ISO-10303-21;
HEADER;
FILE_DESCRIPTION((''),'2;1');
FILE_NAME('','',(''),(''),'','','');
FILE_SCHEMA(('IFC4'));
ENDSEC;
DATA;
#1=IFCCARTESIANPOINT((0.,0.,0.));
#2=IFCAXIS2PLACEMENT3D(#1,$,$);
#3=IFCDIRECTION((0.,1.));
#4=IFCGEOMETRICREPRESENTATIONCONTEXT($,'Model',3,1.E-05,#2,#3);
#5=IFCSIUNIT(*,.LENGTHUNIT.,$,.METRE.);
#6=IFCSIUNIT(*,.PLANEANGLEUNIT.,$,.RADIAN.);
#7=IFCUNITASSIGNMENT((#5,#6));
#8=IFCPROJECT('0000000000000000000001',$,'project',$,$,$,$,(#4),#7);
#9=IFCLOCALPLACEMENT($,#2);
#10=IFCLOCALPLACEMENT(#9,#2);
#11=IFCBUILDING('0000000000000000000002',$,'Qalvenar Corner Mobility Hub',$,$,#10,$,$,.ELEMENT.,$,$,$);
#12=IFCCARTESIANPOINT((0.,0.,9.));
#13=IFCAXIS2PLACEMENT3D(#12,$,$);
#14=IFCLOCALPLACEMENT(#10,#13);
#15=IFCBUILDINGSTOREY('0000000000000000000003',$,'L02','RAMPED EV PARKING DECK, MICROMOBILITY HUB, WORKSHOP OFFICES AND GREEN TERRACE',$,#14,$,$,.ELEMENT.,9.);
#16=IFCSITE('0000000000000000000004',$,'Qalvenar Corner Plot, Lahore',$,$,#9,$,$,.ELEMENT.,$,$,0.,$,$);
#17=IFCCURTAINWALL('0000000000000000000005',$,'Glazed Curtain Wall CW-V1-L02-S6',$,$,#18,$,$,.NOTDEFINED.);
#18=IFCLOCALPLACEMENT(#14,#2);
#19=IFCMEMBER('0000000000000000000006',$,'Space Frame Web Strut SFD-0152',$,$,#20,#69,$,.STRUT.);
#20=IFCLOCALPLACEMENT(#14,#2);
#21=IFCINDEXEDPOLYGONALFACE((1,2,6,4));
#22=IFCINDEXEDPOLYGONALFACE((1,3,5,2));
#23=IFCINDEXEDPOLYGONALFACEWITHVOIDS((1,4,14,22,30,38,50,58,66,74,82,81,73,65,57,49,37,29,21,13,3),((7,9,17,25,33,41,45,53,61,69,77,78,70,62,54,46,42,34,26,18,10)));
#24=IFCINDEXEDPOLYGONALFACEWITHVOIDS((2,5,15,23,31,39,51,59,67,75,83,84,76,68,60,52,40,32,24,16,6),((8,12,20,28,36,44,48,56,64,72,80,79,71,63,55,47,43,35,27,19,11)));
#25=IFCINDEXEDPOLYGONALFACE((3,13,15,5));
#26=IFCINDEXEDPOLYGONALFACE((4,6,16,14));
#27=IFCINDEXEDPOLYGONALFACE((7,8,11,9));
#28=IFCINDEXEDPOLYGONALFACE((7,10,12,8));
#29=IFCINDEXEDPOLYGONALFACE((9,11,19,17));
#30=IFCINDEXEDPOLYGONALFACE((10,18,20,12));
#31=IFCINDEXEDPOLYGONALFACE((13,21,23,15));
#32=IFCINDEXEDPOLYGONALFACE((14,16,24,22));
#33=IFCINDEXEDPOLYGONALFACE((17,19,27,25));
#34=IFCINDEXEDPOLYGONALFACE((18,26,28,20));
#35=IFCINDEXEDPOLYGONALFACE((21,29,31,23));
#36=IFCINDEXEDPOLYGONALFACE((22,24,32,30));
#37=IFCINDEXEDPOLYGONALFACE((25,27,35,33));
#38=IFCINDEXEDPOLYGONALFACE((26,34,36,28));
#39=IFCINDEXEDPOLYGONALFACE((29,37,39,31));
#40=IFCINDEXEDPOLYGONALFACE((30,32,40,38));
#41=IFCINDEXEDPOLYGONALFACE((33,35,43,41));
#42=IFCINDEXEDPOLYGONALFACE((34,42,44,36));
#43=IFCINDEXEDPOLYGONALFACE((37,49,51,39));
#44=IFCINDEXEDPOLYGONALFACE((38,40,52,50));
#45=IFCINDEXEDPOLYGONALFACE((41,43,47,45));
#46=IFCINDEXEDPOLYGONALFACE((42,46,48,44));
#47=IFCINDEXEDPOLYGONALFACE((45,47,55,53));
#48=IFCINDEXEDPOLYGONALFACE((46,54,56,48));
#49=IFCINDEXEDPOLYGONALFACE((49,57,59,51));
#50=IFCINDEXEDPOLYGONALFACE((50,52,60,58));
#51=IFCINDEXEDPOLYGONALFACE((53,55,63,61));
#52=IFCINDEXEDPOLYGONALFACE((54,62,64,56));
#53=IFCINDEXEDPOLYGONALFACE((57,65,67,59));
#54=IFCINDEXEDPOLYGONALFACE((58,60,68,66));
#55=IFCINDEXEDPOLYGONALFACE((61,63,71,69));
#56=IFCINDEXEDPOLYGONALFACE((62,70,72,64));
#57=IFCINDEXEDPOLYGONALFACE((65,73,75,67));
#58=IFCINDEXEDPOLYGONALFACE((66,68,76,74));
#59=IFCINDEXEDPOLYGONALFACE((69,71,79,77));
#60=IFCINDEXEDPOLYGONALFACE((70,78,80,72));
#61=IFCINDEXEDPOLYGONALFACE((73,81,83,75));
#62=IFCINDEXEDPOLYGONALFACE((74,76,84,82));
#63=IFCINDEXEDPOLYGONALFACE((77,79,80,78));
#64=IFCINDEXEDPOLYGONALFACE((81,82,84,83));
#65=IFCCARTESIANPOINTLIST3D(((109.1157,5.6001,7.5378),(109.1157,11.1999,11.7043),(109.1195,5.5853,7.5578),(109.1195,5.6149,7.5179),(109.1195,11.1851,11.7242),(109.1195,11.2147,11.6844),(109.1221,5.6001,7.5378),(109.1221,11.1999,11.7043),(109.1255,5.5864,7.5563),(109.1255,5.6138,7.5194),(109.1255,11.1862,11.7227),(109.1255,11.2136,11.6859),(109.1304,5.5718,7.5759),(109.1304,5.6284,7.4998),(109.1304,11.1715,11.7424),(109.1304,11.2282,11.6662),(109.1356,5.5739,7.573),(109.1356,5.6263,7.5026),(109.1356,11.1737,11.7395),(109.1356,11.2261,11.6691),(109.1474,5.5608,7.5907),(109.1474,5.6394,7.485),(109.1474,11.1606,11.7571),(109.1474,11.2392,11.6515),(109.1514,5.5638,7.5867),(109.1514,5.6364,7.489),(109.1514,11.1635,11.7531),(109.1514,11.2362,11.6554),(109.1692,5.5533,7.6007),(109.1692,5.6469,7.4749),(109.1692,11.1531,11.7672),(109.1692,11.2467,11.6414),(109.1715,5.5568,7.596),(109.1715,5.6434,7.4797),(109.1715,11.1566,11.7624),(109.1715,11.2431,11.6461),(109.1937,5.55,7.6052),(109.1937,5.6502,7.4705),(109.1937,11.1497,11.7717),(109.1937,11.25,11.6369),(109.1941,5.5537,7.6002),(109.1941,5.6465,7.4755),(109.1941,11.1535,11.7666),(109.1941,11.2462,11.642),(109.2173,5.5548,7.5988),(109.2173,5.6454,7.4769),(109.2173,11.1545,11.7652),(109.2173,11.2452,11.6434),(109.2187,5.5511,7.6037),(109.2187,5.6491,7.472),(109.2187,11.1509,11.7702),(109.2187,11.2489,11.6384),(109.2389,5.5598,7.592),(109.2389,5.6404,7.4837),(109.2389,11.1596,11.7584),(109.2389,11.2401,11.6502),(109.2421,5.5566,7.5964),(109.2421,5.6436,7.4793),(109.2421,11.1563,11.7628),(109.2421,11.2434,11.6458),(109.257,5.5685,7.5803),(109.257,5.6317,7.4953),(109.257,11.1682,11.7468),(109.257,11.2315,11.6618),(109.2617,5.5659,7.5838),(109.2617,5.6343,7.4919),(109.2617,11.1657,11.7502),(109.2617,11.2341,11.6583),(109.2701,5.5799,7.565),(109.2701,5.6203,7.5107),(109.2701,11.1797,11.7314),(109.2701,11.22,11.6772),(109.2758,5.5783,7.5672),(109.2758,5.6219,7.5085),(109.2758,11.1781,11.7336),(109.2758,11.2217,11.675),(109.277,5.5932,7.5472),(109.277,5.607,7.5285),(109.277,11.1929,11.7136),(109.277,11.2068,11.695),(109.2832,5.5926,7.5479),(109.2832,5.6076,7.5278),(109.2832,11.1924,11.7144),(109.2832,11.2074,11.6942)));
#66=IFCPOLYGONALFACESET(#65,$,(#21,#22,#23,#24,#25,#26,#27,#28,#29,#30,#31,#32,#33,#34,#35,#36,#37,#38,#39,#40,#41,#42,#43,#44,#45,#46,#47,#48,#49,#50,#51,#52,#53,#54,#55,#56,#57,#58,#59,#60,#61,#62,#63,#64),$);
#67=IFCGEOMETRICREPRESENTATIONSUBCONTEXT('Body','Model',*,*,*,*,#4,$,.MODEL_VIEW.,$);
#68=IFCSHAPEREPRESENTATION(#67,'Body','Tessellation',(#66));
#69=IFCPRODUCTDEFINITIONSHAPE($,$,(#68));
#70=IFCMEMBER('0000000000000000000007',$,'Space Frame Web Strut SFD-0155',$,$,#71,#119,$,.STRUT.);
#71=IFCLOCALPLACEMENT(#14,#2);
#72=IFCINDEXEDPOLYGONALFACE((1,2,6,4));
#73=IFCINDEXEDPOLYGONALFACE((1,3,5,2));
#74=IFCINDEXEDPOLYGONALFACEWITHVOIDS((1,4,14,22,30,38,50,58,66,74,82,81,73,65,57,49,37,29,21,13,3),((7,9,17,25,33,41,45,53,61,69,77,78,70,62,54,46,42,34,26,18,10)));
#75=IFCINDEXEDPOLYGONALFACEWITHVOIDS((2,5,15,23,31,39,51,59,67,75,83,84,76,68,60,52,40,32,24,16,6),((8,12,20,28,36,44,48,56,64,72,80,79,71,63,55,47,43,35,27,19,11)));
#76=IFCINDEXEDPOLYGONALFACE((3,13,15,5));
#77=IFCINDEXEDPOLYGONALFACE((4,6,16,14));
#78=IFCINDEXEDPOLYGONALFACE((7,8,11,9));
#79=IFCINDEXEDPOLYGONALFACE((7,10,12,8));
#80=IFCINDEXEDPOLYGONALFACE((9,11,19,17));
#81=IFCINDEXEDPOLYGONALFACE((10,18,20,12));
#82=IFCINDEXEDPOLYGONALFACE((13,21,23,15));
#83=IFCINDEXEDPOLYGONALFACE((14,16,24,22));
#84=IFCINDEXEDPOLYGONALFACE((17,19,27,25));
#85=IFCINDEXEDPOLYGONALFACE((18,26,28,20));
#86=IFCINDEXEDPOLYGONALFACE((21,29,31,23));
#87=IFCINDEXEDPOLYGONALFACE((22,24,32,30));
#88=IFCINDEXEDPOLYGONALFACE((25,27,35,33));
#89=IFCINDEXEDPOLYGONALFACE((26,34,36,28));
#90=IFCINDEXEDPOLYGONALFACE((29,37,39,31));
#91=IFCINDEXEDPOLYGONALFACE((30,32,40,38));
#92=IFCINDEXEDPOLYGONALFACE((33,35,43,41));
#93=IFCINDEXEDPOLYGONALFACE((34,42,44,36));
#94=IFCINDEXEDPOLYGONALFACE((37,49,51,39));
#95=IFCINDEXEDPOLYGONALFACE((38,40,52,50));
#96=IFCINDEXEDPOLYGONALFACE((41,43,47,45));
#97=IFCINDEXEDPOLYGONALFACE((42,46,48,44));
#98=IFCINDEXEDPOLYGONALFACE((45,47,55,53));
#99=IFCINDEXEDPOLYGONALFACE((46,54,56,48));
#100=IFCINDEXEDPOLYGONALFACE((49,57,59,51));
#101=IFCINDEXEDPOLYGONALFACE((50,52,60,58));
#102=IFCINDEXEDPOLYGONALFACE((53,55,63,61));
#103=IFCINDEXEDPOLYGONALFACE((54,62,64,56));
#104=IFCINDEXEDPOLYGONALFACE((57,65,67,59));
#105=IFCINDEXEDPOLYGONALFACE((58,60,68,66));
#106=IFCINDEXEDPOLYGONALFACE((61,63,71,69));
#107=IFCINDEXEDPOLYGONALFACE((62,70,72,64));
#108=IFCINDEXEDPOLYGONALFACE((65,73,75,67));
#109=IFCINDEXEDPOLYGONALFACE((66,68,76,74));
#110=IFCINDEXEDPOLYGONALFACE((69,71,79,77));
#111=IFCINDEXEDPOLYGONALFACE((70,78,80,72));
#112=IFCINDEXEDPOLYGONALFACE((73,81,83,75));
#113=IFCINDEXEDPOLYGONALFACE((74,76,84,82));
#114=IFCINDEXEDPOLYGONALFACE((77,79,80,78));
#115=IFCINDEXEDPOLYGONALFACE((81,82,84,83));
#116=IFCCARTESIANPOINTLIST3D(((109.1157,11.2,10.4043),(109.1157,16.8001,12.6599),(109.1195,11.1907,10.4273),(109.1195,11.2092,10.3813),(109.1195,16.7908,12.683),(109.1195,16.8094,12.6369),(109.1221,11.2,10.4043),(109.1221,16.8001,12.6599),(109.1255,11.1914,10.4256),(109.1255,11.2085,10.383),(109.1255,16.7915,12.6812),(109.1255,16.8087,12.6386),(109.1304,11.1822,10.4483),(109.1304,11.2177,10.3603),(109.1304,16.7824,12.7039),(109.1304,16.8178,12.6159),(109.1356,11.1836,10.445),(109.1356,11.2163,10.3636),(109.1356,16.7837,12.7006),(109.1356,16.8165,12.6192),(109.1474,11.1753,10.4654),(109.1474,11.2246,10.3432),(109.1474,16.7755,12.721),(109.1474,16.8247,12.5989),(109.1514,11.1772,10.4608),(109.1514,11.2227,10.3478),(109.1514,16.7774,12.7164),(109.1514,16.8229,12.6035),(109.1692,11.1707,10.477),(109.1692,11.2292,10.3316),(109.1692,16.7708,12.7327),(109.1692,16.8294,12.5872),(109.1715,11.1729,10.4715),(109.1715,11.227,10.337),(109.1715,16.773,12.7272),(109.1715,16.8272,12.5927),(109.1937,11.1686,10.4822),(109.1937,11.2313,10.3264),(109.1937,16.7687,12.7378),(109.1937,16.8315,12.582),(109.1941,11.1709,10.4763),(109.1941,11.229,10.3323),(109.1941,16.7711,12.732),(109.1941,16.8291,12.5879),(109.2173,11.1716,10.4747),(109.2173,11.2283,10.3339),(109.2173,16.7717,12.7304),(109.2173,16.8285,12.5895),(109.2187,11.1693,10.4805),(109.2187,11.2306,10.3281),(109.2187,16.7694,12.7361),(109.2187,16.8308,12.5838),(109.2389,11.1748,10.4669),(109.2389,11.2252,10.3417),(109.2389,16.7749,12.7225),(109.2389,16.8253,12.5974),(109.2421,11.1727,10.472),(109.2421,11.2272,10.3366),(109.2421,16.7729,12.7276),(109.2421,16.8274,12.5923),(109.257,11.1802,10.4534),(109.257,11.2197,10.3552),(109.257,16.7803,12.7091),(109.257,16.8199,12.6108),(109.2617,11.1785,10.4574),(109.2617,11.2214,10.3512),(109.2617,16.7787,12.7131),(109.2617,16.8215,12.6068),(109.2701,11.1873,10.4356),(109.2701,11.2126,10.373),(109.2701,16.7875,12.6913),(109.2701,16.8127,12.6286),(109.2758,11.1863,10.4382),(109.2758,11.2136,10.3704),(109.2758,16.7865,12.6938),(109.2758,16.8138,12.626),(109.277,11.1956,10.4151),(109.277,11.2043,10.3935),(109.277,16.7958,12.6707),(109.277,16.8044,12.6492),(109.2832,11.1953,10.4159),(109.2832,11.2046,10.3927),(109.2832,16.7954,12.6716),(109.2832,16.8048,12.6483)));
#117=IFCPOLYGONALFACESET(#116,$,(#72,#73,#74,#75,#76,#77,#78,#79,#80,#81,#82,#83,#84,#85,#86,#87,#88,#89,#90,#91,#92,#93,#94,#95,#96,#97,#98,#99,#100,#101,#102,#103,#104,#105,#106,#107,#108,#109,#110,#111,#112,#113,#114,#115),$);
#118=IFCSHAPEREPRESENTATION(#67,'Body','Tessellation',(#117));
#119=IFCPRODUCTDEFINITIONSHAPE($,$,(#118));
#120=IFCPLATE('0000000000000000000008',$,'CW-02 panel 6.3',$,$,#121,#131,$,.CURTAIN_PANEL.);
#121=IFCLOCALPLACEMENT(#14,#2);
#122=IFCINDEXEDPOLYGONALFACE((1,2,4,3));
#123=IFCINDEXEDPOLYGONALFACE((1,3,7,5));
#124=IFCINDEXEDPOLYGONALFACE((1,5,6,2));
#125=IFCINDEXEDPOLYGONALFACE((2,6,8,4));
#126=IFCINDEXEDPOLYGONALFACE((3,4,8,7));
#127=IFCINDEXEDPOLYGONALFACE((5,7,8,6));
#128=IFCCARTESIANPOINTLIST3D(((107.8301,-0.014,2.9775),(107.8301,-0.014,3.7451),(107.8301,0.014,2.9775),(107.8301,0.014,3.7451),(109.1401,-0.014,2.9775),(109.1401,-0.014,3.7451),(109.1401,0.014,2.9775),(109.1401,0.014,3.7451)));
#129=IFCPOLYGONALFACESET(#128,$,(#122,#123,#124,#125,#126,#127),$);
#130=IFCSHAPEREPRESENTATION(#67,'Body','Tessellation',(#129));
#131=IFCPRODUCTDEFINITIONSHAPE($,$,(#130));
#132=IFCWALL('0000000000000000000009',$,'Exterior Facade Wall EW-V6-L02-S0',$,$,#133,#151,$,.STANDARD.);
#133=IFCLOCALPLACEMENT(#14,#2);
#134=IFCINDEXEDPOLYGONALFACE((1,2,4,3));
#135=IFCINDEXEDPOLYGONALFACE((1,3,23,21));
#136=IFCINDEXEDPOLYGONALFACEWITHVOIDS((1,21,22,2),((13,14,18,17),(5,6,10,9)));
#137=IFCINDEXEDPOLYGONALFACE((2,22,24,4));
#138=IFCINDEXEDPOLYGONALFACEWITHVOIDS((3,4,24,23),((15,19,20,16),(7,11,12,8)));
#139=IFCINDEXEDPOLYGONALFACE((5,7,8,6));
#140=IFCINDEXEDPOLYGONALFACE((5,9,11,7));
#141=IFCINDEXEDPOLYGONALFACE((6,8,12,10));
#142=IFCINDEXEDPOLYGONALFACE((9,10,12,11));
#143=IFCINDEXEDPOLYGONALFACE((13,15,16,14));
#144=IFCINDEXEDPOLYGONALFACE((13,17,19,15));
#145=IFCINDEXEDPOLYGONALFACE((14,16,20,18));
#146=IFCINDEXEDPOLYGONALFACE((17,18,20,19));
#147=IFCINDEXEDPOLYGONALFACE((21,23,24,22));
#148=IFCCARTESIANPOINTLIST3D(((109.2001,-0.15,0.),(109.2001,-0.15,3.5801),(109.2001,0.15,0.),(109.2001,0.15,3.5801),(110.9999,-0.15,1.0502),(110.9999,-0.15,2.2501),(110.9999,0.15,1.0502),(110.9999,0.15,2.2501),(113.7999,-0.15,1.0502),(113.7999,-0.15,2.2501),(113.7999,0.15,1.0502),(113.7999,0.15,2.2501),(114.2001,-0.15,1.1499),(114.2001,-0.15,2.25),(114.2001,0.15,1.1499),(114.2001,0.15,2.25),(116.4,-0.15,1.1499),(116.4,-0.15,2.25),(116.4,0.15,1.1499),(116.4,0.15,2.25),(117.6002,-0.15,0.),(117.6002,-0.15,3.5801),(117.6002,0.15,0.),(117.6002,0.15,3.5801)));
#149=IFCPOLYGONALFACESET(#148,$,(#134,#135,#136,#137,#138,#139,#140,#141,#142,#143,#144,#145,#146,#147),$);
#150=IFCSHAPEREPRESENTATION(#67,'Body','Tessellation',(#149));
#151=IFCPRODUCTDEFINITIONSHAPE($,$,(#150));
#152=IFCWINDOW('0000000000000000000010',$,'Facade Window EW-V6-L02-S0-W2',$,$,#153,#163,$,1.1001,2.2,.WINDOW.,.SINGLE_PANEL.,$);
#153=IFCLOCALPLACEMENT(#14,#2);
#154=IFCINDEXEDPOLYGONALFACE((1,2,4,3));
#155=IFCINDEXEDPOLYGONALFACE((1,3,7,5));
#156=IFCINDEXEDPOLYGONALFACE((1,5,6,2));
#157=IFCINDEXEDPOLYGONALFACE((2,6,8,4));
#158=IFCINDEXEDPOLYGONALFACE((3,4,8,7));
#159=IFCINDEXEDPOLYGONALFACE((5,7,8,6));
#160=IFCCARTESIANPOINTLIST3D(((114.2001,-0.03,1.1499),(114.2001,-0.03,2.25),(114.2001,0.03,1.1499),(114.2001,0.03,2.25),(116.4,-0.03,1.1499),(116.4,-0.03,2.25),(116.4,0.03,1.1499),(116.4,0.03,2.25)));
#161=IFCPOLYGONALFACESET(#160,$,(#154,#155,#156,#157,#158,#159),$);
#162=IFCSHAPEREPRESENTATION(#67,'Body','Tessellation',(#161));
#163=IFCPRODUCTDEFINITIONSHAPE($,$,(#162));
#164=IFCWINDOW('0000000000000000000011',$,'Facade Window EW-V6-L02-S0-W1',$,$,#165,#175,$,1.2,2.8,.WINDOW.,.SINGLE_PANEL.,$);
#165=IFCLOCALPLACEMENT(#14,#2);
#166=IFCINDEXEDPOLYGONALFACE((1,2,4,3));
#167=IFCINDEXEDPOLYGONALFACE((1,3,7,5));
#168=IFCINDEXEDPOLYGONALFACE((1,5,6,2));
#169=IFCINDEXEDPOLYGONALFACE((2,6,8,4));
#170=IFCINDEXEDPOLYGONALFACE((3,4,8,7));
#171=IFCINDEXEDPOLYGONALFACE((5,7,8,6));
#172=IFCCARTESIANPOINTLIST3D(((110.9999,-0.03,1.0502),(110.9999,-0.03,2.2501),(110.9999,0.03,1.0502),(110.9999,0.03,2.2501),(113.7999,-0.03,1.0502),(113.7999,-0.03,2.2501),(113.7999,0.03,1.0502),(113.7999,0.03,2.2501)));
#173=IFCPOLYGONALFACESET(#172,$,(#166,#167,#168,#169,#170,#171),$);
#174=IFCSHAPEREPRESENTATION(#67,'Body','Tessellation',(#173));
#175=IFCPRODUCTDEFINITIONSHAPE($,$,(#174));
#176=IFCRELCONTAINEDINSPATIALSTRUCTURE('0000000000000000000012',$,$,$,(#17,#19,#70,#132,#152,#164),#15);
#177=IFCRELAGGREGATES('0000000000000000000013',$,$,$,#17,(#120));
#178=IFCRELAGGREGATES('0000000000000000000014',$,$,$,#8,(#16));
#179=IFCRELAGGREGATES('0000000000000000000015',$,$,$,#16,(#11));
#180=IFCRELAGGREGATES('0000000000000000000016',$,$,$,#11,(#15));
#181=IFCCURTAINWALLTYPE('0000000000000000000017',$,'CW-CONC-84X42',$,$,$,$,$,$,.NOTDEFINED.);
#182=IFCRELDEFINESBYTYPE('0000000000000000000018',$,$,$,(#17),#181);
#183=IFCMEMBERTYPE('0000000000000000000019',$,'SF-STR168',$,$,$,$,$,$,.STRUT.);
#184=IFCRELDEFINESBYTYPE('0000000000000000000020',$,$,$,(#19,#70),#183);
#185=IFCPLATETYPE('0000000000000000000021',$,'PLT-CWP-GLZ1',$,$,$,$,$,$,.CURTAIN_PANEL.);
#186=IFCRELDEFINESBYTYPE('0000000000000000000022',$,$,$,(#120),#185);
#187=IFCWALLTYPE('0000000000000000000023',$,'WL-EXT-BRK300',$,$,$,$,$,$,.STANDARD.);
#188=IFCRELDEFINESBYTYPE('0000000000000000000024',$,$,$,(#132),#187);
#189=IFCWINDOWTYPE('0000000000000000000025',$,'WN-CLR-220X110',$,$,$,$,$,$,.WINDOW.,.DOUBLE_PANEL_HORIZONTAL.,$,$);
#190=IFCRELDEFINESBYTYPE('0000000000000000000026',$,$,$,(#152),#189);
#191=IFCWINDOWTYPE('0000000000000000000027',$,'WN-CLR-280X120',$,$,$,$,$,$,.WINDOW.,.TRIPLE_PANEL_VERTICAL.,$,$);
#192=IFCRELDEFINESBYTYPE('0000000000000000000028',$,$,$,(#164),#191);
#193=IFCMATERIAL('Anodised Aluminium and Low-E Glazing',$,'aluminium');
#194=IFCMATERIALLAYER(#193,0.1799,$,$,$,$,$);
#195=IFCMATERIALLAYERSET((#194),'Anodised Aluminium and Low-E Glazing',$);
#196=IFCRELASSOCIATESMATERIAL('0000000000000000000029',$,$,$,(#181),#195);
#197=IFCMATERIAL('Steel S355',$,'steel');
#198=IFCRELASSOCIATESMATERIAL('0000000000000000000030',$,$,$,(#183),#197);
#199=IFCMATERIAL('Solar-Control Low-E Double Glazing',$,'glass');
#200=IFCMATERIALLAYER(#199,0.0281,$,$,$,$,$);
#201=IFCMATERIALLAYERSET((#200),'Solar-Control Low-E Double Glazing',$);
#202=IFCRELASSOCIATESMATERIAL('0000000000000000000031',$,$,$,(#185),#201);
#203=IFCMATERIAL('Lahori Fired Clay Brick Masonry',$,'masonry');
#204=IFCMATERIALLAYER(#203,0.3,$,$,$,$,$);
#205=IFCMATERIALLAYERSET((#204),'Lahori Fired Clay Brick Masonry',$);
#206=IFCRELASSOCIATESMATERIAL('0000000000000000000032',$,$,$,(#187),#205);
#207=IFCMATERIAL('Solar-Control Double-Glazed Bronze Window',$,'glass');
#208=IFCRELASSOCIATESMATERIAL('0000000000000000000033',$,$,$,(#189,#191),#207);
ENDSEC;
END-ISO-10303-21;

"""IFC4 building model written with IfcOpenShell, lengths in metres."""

from ifc_helpers import new_model, si_unit, direction, frame, frame_2d, origin, origin_2d, place, context, subcontext, project, spatial, rectangle, hollow_circle, extrude, material, layer, layer_set, material_profile, profile_set, type_object, element, fill, aggregate, save


model = new_model("IFC4")

# Units and contexts
model_context = context("Model", 3, precision=1e-05, world=origin(), true_north=direction((0.0, 1.0)))
body_context = subcontext(model_context, "Body", "Model", "MODEL_VIEW")
ifc_project = project(units=[si_unit("LENGTHUNIT", "METRE"), si_unit("PLANEANGLEUNIT", "RADIAN")], contexts=[model_context])

# Site, building, storey
site_placement = place(None, origin())
site = spatial("IfcSite", under=ifc_project, at=site_placement, Name="Qalvenar Corner Plot, Lahore", CompositionType="ELEMENT", RefElevation=0.0)
building_placement = place(site_placement, origin())
building = spatial("IfcBuilding", under=site, at=building_placement, Name="Qalvenar Corner Mobility Hub", CompositionType="ELEMENT")
storey_placement = place(building_placement, frame((0.0, 0.0, 9.0)))
storey = spatial("IfcBuildingStorey", under=building, at=storey_placement, Name="L02", Description="RAMPED EV PARKING DECK, MICROMOBILITY HUB, WORKSHOP OFFICES AND GREEN TERRACE", CompositionType="ELEMENT", Elevation=9.0)

# Curtain wall
ifc_material_1 = material(Name="Anodised Aluminium and Low-E Glazing", Category="aluminium")
ifc_layer_1 = layer(ifc_material_1, 0.1799)
ifc_layer_set_1 = layer_set([ifc_layer_1], Name="Anodised Aluminium and Low-E Glazing")
curtain_wall_type = type_object("IfcCurtainWallType", Name="CW-CONC-84X42", PredefinedType="NOTDEFINED", material=ifc_layer_set_1)
curtain_wall_placement = place(storey_placement, origin())
curtain_wall = element("IfcCurtainWall", 1, at=curtain_wall_placement, inside=storey, type_object=curtain_wall_type, Name="Glazed Curtain Wall CW-V1-L02-S6", PredefinedType="NOTDEFINED")

# Members
ifc_material_2 = material(Name="Steel S355", Category="steel")
ifc_material_profile_1 = material_profile(ifc_material_2, hollow_circle(Radius=0.0842, WallThickness=0.0063, at=origin_2d()), Name="CHS168.3x6.3")
ifc_profile_set_1 = profile_set([ifc_material_profile_1], Name="Steel S355")
member_type_1 = type_object("IfcMemberType", Name="SF-STR168", PredefinedType="STRUT", material=ifc_profile_set_1)
member_1_placement = place(storey_placement, frame((109.2, 5.6001, 7.5378), z_axis=(0.0, 0.80229, 0.596934), x_axis=(-1.0, 0.0, 0.0)))
element("IfcMember", 2, at=member_1_placement, inside=storey, type_object=member_type_1, Name="Space Frame Web Strut SFD-0152", PredefinedType="STRUT", context=body_context, shape_type="SweptSolid", body=[
    extrude(hollow_circle(Radius=0.0842, WallThickness=0.0063, at=origin_2d()), origin(), (0.0, 0.0, 1.0), 6.9797),
])
member_2_placement = place(storey_placement, frame((109.2, 11.2, 10.4043), z_axis=(0.0, 0.927584, 0.373614), x_axis=(-1.0, 0.0, 0.0)))
element("IfcMember", 3, at=member_2_placement, inside=storey, type_object=member_type_1, Name="Space Frame Web Strut SFD-0155", PredefinedType="STRUT", context=body_context, shape_type="SweptSolid", body=[
    extrude(hollow_circle(Radius=0.0842, WallThickness=0.0063, at=origin_2d()), origin(), (0.0, 0.0, 1.0), 6.0374),
])

# Plate
ifc_material_3 = material(Name="Solar-Control Low-E Double Glazing", Category="glass")
ifc_layer_2 = layer(ifc_material_3, 0.0281)
ifc_layer_set_2 = layer_set([ifc_layer_2], Name="Solar-Control Low-E Double Glazing")
plate_type = type_object("IfcPlateType", Name="PLT-CWP-GLZ1", PredefinedType="CURTAIN_PANEL", material=ifc_layer_set_2)
plate_placement = place(storey_placement, frame((108.4851, 0.0, 2.9775), z_axis=(0.0, 0.0, 1.0), x_axis=(1.0, 0.0, 0.0)))
plate = element("IfcPlate", 4, at=plate_placement, type_object=plate_type, Name="CW-02 panel 6.3", PredefinedType="CURTAIN_PANEL", context=body_context, shape_type="SweptSolid", body=[
    extrude(rectangle(XDim=1.3101, YDim=0.0281, at=origin_2d()), origin(), (0.0, 0.0, 1.0), 0.7676),
])
aggregate(curtain_wall, [plate])

# Wall, openings, windows
ifc_material_4 = material(Name="Lahori Fired Clay Brick Masonry", Category="masonry")
ifc_layer_3 = layer(ifc_material_4, 0.3)
ifc_layer_set_3 = layer_set([ifc_layer_3], Name="Lahori Fired Clay Brick Masonry")
wall_type_1 = type_object("IfcWallType", Name="WL-EXT-BRK300", PredefinedType="STANDARD", material=ifc_layer_set_3)
wall_1_placement = place(storey_placement, frame((109.2, 0.0, 0.0), z_axis=(0.0, 0.0, 1.0), x_axis=(1.0, 0.0, 0.0)))
wall_1 = element("IfcWall", 5, at=wall_1_placement, inside=storey, type_object=wall_type_1, Name="Exterior Facade Wall EW-V6-L02-S0", PredefinedType="STANDARD", context=body_context, shape_type="SweptSolid", body=[
    extrude(rectangle(XDim=8.4001, YDim=0.3, at=frame_2d((4.2002, 0.0))), origin(), (0.0, 0.0, 1.0), 3.5801),
])
opening_1_placement = place(wall_1_placement, frame((1.8, 0.0, 1.05)))
opening_1 = element("IfcOpeningElement", 6, at=opening_1_placement, cuts=wall_1, PredefinedType="OPENING", context=body_context, shape_type="SweptSolid", body=[
    extrude(rectangle(XDim=2.8, YDim=1.2, at=frame_2d((1.3999, 0.6001))), frame((0.0, 0.1602, 0.0), z_axis=(0.0, -1.0, 0.0), x_axis=(1.0, 0.0, 0.0)), (0.0, 0.0, 1.0), 0.3201),
])
opening_2_placement = place(wall_1_placement, frame((5.0, 0.0, 1.1499)))
opening_2 = element("IfcOpeningElement", 7, at=opening_2_placement, cuts=wall_1, PredefinedType="OPENING", context=body_context, shape_type="SweptSolid", body=[
    extrude(rectangle(XDim=2.2, YDim=1.1001, at=frame_2d((1.1001, 0.55))), frame((0.0, 0.1602, 0.0), z_axis=(0.0, -1.0, 0.0), x_axis=(1.0, 0.0, 0.0)), (0.0, 0.0, 1.0), 0.3201),
])
ifc_material_5 = material(Name="Solar-Control Double-Glazed Bronze Window", Category="glass")
window_type_1 = type_object("IfcWindowType", Name="WN-CLR-220X110", PartitioningType="DOUBLE_PANEL_HORIZONTAL", PredefinedType="WINDOW", material=ifc_material_5)
window_1_placement = place(opening_2_placement, origin())
window_1 = element("IfcWindow", 8, at=window_1_placement, inside=storey, type_object=window_type_1, Name="Facade Window EW-V6-L02-S0-W2", OverallHeight=1.1001, OverallWidth=2.2, PartitioningType="SINGLE_PANEL", PredefinedType="WINDOW", context=body_context, shape_type="SweptSolid", body=[
    extrude(rectangle(XDim=2.2, YDim=1.1001, at=frame_2d((1.1001, 0.55))), frame((0.0, 0.03, 0.0), z_axis=(0.0, -1.0, 0.0), x_axis=(1.0, 0.0, 0.0)), (0.0, 0.0, 1.0), 0.0601),
])
fill(opening_2, window_1)
window_type_2 = type_object("IfcWindowType", Name="WN-CLR-280X120", PartitioningType="TRIPLE_PANEL_VERTICAL", PredefinedType="WINDOW", material=ifc_material_5)
window_2_placement = place(opening_1_placement, origin())
window_2 = element("IfcWindow", 9, at=window_2_placement, inside=storey, type_object=window_type_2, Name="Facade Window EW-V6-L02-S0-W1", OverallHeight=1.2, OverallWidth=2.8, PartitioningType="SINGLE_PANEL", PredefinedType="WINDOW", context=body_context, shape_type="SweptSolid", body=[
    extrude(rectangle(XDim=2.8, YDim=1.2, at=frame_2d((1.3999, 0.6001))), frame((0.0, 0.03, 0.0), z_axis=(0.0, -1.0, 0.0), x_axis=(1.0, 0.0, 0.0)), (0.0, 0.0, 1.0), 0.0601),
])
fill(opening_1, window_2)

save(model, "model.ifc")
